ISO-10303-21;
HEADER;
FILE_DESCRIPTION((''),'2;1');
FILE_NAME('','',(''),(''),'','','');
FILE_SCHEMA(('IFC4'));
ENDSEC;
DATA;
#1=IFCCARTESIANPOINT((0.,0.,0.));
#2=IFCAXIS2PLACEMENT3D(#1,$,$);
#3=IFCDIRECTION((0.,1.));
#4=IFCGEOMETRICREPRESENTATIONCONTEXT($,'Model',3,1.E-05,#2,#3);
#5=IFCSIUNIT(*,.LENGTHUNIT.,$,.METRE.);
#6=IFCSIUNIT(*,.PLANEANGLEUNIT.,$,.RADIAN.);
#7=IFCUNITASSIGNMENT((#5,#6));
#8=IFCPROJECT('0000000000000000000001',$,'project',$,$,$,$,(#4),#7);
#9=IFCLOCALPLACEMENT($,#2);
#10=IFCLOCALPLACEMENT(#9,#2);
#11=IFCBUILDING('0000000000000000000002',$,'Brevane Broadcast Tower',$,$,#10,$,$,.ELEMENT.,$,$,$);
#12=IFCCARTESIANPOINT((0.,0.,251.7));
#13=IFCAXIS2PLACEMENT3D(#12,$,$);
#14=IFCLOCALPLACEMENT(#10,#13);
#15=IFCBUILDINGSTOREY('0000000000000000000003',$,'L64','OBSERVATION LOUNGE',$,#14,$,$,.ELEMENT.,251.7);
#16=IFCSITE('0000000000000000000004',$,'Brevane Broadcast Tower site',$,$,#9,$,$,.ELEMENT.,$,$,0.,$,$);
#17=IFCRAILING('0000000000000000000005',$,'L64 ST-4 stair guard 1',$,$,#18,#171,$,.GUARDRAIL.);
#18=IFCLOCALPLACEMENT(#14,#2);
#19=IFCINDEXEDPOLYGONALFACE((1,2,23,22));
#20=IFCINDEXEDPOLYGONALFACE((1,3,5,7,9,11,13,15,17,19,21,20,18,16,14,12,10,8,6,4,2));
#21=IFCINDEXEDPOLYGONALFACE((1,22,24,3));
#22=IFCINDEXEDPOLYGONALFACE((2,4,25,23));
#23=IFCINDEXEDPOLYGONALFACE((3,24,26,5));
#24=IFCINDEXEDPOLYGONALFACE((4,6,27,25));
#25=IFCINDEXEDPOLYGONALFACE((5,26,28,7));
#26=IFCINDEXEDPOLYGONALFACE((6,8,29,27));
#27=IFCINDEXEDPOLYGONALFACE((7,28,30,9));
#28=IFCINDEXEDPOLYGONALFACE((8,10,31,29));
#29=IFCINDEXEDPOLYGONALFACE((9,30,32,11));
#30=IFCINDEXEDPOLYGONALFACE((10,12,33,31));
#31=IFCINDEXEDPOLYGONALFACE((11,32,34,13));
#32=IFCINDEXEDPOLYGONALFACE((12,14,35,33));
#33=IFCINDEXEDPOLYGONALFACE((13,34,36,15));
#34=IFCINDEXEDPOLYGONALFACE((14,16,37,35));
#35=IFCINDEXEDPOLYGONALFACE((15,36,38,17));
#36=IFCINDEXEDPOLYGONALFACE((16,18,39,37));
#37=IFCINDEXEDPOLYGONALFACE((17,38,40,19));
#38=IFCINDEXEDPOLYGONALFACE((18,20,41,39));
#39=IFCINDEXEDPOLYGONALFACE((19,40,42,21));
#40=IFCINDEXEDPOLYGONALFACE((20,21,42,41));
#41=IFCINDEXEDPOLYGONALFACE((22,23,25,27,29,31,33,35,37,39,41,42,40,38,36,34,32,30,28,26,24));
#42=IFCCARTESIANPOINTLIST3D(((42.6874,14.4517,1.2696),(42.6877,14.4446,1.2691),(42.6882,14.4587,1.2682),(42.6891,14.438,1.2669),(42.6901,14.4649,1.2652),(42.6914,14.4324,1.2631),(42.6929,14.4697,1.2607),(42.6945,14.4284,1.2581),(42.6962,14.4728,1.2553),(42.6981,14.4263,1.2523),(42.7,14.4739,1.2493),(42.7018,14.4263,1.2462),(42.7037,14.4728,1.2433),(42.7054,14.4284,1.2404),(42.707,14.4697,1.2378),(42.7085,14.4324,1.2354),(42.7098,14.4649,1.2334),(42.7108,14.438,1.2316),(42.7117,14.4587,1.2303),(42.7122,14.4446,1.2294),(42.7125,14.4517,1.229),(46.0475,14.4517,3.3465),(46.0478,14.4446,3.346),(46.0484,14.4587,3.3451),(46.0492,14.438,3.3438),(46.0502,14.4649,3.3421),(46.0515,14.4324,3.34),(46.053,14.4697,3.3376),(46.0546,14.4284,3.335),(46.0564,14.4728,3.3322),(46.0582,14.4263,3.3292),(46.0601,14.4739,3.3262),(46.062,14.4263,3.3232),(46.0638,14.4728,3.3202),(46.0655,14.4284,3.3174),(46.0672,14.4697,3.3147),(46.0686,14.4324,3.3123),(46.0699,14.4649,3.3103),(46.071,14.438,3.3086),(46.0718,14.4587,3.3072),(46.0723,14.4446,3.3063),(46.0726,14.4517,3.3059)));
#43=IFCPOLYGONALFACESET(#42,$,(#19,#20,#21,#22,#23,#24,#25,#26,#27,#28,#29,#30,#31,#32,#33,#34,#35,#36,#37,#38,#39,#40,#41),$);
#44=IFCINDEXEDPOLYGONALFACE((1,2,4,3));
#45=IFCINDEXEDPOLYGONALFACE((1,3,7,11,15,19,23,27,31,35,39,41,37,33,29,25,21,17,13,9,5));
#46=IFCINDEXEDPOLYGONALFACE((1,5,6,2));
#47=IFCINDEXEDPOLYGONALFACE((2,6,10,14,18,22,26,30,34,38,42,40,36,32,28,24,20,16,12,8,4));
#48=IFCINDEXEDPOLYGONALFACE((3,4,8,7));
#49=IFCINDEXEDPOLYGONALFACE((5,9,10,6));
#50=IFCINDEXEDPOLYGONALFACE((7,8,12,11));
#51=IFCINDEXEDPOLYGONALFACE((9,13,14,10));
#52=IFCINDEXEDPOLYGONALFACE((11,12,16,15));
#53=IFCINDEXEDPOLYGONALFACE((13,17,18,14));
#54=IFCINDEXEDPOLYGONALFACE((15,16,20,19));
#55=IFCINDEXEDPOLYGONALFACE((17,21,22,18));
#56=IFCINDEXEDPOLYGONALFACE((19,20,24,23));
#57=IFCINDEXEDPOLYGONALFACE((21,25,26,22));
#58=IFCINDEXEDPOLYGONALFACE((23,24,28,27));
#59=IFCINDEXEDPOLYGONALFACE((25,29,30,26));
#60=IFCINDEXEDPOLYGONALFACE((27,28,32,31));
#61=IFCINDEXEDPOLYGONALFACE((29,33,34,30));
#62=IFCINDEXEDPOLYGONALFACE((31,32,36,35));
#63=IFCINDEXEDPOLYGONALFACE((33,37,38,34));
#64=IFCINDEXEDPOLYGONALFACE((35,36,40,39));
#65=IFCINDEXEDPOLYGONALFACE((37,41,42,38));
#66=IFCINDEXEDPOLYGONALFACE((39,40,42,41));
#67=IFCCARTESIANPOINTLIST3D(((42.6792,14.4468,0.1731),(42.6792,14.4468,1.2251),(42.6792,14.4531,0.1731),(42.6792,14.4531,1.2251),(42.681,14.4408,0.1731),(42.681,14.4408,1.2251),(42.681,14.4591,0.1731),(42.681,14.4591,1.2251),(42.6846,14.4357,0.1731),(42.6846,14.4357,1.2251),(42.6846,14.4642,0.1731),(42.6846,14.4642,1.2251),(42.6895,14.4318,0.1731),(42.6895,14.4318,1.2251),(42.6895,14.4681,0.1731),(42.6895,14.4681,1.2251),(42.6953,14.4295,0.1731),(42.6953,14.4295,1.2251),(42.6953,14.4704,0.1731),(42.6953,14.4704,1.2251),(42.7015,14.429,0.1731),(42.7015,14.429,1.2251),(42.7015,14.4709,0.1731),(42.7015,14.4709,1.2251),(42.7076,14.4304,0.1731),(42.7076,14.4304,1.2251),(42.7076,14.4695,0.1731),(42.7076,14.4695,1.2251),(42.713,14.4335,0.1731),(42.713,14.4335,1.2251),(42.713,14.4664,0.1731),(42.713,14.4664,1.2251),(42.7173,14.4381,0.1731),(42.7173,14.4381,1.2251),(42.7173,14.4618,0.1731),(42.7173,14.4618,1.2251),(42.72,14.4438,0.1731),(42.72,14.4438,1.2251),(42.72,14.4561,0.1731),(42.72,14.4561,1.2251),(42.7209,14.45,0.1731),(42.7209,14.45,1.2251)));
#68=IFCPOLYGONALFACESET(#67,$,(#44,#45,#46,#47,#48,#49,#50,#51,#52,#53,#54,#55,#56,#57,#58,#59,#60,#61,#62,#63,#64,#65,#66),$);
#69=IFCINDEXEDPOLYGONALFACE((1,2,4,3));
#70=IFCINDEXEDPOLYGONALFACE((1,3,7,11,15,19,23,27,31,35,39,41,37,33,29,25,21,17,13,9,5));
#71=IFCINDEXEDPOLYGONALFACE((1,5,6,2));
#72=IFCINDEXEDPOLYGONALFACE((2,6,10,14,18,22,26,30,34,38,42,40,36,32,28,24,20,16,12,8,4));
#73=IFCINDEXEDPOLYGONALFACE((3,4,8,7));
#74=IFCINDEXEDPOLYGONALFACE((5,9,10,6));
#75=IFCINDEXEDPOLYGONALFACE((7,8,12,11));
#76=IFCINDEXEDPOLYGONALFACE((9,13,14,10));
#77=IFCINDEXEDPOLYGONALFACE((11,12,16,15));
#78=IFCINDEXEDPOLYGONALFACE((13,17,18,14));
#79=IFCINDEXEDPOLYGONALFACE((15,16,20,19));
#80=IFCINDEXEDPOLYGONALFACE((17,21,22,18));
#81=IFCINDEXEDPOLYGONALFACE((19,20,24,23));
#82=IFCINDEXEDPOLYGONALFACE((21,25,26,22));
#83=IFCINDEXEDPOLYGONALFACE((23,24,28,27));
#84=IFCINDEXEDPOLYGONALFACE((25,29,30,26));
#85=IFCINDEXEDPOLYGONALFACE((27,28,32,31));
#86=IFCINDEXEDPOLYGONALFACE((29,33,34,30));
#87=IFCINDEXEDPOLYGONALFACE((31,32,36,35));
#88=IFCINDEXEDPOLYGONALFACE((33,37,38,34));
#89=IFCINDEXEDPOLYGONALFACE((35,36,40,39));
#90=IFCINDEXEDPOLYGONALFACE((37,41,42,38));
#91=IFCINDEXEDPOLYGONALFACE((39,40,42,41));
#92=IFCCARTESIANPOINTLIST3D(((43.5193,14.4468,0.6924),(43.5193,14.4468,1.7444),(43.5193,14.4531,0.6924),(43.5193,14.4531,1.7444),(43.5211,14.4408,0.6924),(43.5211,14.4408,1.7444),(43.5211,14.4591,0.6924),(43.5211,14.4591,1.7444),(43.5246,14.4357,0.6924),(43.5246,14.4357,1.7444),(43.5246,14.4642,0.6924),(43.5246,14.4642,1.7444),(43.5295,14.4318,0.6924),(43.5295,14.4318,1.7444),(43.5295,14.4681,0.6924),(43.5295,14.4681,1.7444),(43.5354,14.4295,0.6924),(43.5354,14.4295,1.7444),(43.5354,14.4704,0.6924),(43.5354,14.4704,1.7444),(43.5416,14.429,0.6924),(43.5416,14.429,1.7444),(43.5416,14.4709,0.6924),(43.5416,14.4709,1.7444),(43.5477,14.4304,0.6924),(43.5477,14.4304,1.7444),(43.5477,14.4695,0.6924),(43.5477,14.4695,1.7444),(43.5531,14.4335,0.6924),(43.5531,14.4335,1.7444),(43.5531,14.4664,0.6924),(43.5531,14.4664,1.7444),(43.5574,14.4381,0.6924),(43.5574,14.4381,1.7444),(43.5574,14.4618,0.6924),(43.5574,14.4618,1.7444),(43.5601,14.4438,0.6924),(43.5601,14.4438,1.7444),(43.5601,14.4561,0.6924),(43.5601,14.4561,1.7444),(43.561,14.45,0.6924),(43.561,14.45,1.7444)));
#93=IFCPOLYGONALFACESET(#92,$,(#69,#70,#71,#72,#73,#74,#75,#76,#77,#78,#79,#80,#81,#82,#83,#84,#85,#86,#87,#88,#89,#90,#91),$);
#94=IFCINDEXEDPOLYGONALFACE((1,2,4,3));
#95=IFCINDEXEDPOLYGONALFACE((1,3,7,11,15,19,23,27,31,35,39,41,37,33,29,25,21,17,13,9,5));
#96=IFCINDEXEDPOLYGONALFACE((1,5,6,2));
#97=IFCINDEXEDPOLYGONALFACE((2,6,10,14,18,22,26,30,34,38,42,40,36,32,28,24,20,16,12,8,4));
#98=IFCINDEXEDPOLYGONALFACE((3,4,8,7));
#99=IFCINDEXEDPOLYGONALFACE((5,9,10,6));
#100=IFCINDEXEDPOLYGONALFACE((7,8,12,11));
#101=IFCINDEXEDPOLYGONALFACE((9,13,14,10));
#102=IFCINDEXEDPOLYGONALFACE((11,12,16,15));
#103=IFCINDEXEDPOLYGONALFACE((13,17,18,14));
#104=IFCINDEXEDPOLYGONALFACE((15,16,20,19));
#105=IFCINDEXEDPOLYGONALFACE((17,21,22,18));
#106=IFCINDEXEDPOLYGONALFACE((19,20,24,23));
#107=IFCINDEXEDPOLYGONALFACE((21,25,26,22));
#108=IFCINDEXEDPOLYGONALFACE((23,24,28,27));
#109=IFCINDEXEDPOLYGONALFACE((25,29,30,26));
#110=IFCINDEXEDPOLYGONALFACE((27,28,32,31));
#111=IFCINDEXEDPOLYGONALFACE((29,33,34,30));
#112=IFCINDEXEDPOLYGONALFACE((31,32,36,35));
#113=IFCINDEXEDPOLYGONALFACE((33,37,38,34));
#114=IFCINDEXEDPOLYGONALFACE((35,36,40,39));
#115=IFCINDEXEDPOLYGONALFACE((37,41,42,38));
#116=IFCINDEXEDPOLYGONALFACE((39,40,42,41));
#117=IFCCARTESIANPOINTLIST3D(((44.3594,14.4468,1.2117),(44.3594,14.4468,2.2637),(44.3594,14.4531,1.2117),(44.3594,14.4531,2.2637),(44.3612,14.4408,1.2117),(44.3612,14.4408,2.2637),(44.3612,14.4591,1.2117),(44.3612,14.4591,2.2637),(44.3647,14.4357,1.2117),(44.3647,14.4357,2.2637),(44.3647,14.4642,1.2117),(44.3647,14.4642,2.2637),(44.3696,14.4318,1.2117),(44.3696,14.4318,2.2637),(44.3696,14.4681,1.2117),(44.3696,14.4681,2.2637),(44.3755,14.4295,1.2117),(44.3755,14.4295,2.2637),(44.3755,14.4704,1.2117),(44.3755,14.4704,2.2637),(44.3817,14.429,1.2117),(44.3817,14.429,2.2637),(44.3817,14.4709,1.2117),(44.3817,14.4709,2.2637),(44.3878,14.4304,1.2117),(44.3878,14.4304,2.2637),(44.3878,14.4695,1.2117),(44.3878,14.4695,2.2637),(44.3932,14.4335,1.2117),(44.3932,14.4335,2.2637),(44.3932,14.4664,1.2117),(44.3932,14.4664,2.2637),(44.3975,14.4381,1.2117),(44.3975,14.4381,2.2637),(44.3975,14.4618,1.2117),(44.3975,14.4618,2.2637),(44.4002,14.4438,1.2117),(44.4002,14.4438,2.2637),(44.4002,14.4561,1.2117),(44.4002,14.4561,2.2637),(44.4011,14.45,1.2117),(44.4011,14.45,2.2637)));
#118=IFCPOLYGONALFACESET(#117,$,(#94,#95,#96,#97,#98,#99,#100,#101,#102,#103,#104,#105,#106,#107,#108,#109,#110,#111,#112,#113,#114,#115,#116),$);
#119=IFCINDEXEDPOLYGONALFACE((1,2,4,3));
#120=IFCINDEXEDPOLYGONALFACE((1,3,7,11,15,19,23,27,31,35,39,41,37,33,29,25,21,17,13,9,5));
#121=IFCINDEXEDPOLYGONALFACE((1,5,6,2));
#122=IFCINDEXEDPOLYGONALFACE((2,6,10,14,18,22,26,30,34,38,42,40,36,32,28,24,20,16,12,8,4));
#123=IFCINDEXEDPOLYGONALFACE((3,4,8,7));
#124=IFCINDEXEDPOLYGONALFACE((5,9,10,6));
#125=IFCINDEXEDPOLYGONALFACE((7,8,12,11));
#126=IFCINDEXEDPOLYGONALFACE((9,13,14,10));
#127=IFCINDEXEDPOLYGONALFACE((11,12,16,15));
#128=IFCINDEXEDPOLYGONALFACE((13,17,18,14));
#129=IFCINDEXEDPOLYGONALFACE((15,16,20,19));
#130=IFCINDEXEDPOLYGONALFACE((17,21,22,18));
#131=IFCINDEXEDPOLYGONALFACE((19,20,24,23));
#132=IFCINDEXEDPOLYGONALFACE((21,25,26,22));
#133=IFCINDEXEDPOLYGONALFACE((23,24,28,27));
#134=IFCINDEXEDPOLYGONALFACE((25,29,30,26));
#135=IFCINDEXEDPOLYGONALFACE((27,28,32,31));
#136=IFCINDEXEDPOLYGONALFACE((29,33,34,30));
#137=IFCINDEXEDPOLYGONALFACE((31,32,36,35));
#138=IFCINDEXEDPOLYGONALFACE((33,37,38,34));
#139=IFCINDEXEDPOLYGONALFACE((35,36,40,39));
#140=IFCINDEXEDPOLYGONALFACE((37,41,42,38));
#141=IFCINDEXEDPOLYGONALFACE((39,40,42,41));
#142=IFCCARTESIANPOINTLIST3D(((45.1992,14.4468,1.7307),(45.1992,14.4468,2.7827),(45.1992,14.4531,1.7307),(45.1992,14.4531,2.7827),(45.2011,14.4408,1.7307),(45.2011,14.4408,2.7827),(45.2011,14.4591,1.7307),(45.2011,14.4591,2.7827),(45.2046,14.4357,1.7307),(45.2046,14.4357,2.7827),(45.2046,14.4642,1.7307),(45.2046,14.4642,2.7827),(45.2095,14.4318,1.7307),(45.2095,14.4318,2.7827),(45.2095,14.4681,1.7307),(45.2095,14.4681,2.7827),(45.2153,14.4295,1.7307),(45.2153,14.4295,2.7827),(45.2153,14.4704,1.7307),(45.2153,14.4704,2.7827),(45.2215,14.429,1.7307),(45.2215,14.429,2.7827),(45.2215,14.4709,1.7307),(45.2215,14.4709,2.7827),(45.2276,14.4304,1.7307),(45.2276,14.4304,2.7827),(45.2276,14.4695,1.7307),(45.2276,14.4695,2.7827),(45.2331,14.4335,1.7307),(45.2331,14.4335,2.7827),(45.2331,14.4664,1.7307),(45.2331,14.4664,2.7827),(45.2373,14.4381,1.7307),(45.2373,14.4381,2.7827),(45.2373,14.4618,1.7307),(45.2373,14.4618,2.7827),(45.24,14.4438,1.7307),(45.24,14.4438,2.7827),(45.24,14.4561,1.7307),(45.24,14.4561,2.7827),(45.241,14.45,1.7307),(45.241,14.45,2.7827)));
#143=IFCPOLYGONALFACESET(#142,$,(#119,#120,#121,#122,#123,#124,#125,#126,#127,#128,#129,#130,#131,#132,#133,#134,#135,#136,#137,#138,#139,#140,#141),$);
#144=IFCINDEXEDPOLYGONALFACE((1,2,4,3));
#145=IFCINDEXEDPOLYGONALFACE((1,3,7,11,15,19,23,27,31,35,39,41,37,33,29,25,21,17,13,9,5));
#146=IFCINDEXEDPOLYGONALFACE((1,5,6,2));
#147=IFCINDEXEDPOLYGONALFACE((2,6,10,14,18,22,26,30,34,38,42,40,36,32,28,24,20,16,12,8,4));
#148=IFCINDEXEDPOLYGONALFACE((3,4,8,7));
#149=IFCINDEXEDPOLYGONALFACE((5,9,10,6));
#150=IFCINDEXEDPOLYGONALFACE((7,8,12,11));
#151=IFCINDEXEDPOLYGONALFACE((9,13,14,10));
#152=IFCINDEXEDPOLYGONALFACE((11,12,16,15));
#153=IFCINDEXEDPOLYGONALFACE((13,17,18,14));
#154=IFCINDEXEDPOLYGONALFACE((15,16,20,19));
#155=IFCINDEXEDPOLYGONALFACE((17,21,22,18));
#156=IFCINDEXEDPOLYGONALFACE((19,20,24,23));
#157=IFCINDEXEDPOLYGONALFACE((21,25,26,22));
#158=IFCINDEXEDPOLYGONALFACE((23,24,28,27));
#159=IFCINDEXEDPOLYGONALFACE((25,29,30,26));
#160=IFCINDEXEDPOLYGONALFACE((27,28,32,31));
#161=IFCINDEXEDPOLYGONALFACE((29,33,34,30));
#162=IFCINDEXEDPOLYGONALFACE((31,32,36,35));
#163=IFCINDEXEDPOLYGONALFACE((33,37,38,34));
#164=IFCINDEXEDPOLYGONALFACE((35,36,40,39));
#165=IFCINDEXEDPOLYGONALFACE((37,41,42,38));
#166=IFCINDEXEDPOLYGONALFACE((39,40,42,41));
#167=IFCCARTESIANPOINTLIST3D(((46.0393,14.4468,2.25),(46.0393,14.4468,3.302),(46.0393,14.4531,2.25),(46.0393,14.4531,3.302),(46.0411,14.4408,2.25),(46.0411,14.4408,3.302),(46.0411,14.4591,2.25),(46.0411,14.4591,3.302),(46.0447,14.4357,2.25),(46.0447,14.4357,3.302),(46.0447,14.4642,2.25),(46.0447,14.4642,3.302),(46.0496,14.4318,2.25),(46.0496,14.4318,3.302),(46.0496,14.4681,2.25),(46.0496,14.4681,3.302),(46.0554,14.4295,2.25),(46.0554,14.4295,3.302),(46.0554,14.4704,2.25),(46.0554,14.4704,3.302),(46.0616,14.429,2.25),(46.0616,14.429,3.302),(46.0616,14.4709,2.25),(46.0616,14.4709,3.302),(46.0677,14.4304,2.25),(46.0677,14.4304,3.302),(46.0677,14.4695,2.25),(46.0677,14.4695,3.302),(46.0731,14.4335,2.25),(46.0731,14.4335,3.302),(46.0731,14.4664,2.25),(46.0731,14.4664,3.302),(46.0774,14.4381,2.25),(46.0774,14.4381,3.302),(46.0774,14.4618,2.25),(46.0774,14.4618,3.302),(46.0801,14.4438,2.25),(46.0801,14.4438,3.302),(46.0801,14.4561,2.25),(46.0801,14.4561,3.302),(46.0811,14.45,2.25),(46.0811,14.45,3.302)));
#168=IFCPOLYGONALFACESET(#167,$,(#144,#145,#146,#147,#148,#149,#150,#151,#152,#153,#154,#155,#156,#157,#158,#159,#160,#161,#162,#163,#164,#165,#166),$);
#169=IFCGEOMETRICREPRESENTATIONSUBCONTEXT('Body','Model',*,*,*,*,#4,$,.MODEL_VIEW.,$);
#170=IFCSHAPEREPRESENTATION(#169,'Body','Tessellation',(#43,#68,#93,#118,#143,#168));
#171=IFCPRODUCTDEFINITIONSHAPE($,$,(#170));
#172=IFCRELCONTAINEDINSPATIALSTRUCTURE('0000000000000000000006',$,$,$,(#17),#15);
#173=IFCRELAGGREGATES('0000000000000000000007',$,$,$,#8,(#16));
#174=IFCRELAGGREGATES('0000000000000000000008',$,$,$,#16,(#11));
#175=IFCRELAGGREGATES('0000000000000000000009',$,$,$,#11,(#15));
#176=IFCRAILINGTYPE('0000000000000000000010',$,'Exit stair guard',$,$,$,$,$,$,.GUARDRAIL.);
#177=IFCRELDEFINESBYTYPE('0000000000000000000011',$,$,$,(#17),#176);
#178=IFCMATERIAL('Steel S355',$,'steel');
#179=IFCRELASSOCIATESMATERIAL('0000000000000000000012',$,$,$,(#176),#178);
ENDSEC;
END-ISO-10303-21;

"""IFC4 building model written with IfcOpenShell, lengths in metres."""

from ifc_helpers import new_model, si_unit, direction, frame, origin, origin_2d, place, context, subcontext, project, spatial, circle, extrude, material, type_object, element, save


model = new_model("IFC4")

# Units and contexts
model_context = context("Model", 3, precision=1e-05, world=origin(), true_north=direction((0.0, 1.0)))
body_context = subcontext(model_context, "Body", "Model", "MODEL_VIEW")
ifc_project = project(units=[si_unit("LENGTHUNIT", "METRE"), si_unit("PLANEANGLEUNIT", "RADIAN")], contexts=[model_context])

# Site, building, storey
site_placement = place(None, origin())
site = spatial("IfcSite", under=ifc_project, at=site_placement, Name="Brevane Broadcast Tower site", CompositionType="ELEMENT", RefElevation=0.0)
building_placement = place(site_placement, origin())
building = spatial("IfcBuilding", under=site, at=building_placement, Name="Brevane Broadcast Tower", CompositionType="ELEMENT")
storey_placement = place(building_placement, frame((0.0, 0.0, 251.7)))
storey = spatial("IfcBuildingStorey", under=building, at=storey_placement, Name="L64", Description="OBSERVATION LOUNGE", CompositionType="ELEMENT", Elevation=251.7)

# Railing
ifc_material_1 = material(Name="Steel S355", Category="steel")
railing_type_1 = type_object("IfcRailingType", Name="Exit stair guard", PredefinedType="GUARDRAIL", material=ifc_material_1)
railing_1_placement = place(storey_placement, frame((42.7, 14.45, 0.1731)))
element("IfcRailing", 1, at=railing_1_placement, inside=storey, type_object=railing_type_1, Name="L64 ST-4 stair guard 1", PredefinedType="GUARDRAIL", context=body_context, shape_type="SweptSolid", body=[
    extrude(circle(Radius=0.0239, at=origin_2d()), frame((0.0, 0.0, 1.0762), z_axis=(0.850623, 0.0, 0.525776), x_axis=(0.0, 1.0, 0.0)), (0.0, 0.0, 1.0), 3.9502),
    extrude(circle(Radius=0.021, at=origin_2d()), origin(), (0.0, 0.0, 1.0), 1.052),
    extrude(circle(Radius=0.021, at=origin_2d()), frame((0.8401, 0.0, 0.5193)), (0.0, 0.0, 1.0), 1.052),
    extrude(circle(Radius=0.021, at=origin_2d()), frame((1.6802, 0.0, 1.0386)), (0.0, 0.0, 1.0), 1.052),
    extrude(circle(Radius=0.021, at=origin_2d()), frame((2.52, 0.0, 1.5576)), (0.0, 0.0, 1.0), 1.052),
    extrude(circle(Radius=0.021, at=origin_2d()), frame((3.3601, 0.0, 2.0769)), (0.0, 0.0, 1.0), 1.052),
])

save(model, "model.ifc")
